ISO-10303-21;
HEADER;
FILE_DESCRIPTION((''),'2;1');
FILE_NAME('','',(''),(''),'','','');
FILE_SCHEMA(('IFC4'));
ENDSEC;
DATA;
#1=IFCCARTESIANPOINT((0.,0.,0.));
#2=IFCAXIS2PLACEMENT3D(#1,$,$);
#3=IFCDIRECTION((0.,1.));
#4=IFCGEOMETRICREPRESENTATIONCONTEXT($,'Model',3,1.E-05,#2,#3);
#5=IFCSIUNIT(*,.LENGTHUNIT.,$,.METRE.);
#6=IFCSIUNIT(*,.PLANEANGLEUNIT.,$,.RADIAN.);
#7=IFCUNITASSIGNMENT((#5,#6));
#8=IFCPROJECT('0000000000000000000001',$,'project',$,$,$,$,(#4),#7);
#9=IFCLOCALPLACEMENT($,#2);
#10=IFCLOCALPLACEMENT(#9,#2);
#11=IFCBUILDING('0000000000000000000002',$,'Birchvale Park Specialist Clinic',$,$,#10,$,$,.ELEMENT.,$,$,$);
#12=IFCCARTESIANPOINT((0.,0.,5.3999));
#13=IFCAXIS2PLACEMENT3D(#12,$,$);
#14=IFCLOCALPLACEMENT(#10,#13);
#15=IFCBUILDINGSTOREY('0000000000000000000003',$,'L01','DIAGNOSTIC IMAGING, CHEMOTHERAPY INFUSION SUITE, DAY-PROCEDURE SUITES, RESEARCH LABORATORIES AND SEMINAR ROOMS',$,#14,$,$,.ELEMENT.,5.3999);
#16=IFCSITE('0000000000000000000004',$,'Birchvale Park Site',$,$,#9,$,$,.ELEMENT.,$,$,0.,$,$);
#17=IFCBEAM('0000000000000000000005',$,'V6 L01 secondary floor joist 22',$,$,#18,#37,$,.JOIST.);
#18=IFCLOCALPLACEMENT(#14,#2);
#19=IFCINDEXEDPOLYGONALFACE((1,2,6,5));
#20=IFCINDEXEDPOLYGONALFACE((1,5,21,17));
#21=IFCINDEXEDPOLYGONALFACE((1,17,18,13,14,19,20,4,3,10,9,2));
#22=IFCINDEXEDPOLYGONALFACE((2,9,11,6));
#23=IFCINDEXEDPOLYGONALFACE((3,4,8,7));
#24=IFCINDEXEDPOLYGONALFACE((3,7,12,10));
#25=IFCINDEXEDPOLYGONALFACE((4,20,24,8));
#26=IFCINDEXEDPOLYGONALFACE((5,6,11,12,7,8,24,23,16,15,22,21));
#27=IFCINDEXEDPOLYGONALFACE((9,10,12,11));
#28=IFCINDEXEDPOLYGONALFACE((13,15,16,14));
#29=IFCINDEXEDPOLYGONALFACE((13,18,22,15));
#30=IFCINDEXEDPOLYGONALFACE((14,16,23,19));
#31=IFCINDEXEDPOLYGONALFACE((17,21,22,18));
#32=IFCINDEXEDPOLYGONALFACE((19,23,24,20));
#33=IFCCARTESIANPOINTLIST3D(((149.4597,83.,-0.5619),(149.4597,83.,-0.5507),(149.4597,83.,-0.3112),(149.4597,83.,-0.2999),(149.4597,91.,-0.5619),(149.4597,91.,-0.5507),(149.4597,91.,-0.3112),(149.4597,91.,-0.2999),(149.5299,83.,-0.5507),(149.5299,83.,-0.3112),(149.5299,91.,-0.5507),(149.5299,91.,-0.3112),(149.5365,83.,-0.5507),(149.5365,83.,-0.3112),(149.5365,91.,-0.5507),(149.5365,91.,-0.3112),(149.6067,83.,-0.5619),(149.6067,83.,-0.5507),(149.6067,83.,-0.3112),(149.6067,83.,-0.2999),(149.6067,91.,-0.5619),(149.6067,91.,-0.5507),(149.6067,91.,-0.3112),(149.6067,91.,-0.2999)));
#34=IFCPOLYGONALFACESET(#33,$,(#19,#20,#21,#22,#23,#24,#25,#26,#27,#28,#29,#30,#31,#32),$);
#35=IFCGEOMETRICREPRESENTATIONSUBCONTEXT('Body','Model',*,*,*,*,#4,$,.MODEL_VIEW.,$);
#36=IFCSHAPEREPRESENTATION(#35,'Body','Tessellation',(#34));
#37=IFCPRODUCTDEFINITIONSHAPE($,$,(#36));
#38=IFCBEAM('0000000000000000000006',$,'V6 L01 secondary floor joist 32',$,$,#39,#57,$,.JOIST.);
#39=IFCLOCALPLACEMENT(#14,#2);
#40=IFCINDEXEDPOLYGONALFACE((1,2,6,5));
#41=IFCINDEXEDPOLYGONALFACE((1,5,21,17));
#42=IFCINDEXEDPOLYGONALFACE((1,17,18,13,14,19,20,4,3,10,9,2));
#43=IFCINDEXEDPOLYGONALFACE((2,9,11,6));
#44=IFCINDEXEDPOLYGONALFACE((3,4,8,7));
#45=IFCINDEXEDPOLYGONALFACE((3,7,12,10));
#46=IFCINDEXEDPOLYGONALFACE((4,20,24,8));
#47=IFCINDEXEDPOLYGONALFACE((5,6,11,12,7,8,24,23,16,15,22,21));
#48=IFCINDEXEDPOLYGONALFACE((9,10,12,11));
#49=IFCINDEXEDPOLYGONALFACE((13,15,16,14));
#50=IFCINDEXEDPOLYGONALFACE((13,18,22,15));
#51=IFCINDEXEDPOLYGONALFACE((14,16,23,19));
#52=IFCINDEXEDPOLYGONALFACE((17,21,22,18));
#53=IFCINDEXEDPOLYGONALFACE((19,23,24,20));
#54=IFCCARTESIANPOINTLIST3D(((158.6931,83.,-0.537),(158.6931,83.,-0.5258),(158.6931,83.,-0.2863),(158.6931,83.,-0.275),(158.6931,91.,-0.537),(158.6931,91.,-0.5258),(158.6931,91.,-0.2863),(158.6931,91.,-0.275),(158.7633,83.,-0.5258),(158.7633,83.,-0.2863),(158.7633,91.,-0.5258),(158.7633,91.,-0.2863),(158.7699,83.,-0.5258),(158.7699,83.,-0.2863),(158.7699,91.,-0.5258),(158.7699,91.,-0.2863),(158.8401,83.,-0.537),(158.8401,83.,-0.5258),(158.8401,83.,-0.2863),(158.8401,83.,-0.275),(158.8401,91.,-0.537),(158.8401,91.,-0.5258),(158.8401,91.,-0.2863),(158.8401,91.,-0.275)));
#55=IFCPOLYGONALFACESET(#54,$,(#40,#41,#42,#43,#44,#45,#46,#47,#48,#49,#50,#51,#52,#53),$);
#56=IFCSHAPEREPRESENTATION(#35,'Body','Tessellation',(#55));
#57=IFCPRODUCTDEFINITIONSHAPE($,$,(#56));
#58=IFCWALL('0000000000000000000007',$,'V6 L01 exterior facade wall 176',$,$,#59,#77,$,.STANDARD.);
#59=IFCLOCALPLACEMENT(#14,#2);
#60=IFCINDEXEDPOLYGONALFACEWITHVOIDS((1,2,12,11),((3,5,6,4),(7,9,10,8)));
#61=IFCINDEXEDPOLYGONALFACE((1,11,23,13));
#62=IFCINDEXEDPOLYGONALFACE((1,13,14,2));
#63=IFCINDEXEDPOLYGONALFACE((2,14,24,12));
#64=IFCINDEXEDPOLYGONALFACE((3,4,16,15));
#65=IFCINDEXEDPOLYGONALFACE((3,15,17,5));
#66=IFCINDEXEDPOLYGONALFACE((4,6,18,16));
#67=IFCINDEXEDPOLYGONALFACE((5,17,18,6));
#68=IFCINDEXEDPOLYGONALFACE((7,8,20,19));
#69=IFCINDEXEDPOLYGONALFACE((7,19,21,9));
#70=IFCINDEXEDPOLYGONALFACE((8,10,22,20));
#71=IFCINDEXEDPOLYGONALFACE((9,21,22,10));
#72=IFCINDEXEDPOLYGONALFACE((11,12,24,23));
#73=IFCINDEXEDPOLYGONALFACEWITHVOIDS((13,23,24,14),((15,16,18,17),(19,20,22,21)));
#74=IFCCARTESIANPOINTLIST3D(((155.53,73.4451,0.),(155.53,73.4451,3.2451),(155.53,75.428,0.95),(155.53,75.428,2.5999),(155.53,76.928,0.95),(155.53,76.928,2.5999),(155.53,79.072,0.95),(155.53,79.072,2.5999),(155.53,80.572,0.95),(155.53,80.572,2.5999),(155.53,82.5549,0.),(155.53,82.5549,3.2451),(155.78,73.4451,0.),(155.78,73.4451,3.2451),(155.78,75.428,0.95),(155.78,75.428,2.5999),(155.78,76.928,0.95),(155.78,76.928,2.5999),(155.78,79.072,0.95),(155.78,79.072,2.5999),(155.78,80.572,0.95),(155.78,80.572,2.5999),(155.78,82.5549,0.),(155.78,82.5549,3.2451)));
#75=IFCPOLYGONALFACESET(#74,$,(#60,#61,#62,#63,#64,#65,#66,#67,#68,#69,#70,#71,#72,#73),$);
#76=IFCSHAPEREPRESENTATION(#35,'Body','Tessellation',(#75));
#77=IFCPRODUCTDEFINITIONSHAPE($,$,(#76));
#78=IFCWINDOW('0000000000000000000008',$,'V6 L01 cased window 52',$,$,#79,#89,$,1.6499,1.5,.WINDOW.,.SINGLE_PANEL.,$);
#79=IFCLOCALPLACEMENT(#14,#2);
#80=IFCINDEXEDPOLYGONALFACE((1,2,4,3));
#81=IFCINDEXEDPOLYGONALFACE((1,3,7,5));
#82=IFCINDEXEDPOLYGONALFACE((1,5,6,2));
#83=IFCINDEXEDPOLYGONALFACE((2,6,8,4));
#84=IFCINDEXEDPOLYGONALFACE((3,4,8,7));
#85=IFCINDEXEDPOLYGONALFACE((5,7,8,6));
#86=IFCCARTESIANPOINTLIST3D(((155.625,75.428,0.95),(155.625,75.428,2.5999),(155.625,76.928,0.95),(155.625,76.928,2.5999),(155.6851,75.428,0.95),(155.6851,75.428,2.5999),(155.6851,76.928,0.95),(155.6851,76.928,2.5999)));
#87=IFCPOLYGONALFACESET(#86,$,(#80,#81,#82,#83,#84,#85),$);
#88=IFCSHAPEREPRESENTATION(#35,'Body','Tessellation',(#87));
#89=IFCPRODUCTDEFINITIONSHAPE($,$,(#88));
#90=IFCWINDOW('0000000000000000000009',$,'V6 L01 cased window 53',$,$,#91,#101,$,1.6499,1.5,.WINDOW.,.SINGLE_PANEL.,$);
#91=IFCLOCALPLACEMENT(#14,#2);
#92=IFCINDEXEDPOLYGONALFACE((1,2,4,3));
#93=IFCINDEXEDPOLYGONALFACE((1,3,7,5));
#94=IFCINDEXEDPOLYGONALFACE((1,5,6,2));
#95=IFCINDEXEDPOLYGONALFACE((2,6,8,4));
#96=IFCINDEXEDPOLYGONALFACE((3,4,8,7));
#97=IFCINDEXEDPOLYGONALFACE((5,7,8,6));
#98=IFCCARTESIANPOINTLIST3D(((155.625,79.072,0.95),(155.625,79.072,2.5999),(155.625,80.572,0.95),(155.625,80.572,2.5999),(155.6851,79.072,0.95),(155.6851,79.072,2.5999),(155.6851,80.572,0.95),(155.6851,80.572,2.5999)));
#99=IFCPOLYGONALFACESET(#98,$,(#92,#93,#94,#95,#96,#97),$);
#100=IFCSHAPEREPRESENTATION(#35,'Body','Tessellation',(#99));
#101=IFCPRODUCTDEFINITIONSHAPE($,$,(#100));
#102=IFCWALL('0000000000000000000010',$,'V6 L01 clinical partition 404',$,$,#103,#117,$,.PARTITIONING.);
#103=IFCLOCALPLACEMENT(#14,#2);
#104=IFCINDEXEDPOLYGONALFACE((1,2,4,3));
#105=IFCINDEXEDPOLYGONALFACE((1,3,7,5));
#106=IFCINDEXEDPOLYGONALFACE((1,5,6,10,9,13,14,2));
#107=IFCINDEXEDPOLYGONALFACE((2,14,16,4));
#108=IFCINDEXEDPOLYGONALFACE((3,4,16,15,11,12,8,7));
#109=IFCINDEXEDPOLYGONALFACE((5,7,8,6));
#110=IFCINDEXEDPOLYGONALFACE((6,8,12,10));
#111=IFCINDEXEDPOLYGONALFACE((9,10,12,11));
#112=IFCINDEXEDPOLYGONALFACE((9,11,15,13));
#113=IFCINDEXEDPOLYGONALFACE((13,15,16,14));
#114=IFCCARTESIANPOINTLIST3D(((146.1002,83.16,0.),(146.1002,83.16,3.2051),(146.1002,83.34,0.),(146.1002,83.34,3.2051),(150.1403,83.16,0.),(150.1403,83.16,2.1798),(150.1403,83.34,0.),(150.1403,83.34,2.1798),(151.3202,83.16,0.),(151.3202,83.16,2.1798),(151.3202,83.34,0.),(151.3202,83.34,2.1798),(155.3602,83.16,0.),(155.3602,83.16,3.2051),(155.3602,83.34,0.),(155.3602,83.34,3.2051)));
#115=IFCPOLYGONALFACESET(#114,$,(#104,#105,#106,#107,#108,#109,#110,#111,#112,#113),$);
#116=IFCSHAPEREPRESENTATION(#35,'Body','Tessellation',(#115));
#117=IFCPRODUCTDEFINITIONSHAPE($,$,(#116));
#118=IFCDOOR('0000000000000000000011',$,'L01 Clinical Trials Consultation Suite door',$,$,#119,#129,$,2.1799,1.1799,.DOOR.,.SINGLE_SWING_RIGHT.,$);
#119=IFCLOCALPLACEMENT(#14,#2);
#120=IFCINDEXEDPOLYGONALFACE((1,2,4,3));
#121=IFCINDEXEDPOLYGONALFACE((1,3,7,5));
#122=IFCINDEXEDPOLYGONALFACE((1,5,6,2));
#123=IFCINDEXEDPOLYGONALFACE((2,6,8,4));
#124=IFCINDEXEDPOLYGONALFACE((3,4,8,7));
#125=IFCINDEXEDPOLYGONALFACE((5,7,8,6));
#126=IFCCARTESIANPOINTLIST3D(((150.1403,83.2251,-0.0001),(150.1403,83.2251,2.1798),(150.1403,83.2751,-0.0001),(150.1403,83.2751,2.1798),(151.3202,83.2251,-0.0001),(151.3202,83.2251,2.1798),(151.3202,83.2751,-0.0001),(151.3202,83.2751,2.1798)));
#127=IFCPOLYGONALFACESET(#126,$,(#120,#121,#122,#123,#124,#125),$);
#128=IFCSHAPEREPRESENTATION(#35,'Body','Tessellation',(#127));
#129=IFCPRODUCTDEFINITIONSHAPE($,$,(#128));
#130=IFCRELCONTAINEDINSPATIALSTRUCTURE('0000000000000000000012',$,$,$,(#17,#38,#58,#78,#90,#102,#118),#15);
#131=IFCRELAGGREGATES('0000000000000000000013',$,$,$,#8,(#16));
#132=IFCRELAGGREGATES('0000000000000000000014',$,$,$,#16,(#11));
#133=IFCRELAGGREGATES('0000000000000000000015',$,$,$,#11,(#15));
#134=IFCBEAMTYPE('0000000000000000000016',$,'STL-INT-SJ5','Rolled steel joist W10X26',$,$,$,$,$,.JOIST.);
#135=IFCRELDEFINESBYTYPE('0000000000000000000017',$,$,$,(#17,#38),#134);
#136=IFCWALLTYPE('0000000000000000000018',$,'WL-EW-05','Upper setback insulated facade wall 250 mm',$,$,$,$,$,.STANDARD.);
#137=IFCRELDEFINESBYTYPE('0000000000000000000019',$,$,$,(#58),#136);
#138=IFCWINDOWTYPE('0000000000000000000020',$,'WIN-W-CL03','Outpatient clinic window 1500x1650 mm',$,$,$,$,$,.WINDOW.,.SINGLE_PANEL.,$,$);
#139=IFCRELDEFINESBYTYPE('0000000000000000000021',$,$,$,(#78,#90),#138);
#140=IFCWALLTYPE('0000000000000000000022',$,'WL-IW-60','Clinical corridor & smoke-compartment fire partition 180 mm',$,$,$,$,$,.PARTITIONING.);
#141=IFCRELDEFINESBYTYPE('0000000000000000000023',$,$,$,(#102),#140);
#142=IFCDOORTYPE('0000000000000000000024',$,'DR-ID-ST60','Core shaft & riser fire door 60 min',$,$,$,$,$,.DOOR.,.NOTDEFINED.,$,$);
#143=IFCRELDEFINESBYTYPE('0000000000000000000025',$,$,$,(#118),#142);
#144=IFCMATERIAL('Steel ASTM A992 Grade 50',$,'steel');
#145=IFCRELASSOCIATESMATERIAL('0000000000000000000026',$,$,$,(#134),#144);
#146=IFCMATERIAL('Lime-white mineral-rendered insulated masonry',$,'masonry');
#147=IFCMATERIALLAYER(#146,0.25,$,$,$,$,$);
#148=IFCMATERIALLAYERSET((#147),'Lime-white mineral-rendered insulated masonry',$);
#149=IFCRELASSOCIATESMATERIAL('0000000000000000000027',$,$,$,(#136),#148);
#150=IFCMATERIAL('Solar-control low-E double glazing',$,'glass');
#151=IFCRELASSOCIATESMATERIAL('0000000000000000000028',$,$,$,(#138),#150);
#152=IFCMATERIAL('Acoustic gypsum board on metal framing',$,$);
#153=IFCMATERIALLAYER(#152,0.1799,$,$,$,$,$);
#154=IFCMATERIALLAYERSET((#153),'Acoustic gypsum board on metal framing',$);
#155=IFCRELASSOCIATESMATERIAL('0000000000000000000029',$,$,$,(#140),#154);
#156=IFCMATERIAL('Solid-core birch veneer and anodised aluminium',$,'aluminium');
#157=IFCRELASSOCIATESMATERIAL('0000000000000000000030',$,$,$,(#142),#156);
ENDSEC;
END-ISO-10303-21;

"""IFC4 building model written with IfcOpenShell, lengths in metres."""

from ifc_helpers import new_model, si_unit, direction, frame, frame_2d, origin, origin_2d, place, context, subcontext, project, spatial, rectangle, i_section, extrude, material, layer, layer_set, material_profile, profile_set, type_object, element, fill, save


model = new_model("IFC4")

# Units and contexts
model_context = context("Model", 3, precision=1e-05, world=origin(), true_north=direction((0.0, 1.0)))
body_context = subcontext(model_context, "Body", "Model", "MODEL_VIEW")
ifc_project = project(units=[si_unit("LENGTHUNIT", "METRE"), si_unit("PLANEANGLEUNIT", "RADIAN")], contexts=[model_context])

# Site, building, storey
site_placement = place(None, origin())
site = spatial("IfcSite", under=ifc_project, at=site_placement, Name="Birchvale Park Site", CompositionType="ELEMENT", RefElevation=0.0)
building_placement = place(site_placement, origin())
building = spatial("IfcBuilding", under=site, at=building_placement, Name="Birchvale Park Specialist Clinic", CompositionType="ELEMENT")
storey_placement = place(building_placement, frame((0.0, 0.0, 5.3999)))
storey = spatial("IfcBuildingStorey", under=building, at=storey_placement, Name="L01", Description="DIAGNOSTIC IMAGING, CHEMOTHERAPY INFUSION SUITE, DAY-PROCEDURE SUITES, RESEARCH LABORATORIES AND SEMINAR ROOMS", CompositionType="ELEMENT", Elevation=5.3999)

# Beams
ifc_material_1 = material(Name="Steel ASTM A992 Grade 50", Category="steel")
ifc_material_profile_1 = material_profile(ifc_material_1, i_section(OverallWidth=0.147, OverallDepth=0.262, WebThickness=0.0066, FlangeThickness=0.0112, at=origin_2d()), Name="W10X26")
ifc_profile_set_1 = profile_set([ifc_material_profile_1], Name="Steel ASTM A992 Grade 50")
beam_type_1 = type_object("IfcBeamType", Name="STL-INT-SJ5", Description="Rolled steel joist W10X26", PredefinedType="JOIST", material=ifc_profile_set_1)
for number, where, z_axis, x_axis, name in (
    (1, (149.5332, 83.0, -0.4309), (0.0, 1.0, 0.0), (-1.0, 0.0, 0.0), "V6 L01 secondary floor joist 22"),
    (2, (158.7666, 83.0, -0.406), (0.0, 1.0, 0.0), (-1.0, 0.0, 0.0), "V6 L01 secondary floor joist 32"),
):
    element("IfcBeam", number, at=place(storey_placement, frame(where, z_axis=z_axis, x_axis=x_axis)), inside=storey, type_object=beam_type_1, Name=name, PredefinedType="JOIST", context=body_context, shape_type="SweptSolid", body=[
        extrude(i_section(OverallWidth=0.147, OverallDepth=0.262, WebThickness=0.0066, FlangeThickness=0.0112, at=origin_2d()), origin(), (0.0, 0.0, 1.0), 8.0),
    ])

# Wall, openings, windows
ifc_material_2 = material(Name="Lime-white mineral-rendered insulated masonry", Category="masonry")
ifc_layer_1 = layer(ifc_material_2, 0.25)
ifc_layer_set_1 = layer_set([ifc_layer_1], Name="Lime-white mineral-rendered insulated masonry")
wall_type_1 = type_object("IfcWallType", Name="WL-EW-05", Description="Upper setback insulated facade wall 250 mm", PredefinedType="STANDARD", material=ifc_layer_set_1)
wall_1_placement = place(storey_placement, frame((155.655, 73.4451, 0.0), z_axis=(0.0, 0.0, 1.0), x_axis=(0.0, 1.0, 0.0)))
wall_1 = element("IfcWall", 3, at=wall_1_placement, inside=storey, type_object=wall_type_1, Name="V6 L01 exterior facade wall 176", PredefinedType="STANDARD", context=body_context, shape_type="SweptSolid", body=[
    extrude(rectangle(XDim=9.1099, YDim=0.25, at=frame_2d((4.5549, 0.0))), origin(), (0.0, 0.0, 1.0), 3.2451),
])
opening_1_placement = place(wall_1_placement, frame((1.9829, 0.0, 0.95)))
opening_1 = element("IfcOpeningElement", 4, at=opening_1_placement, cuts=wall_1, PredefinedType="OPENING", context=body_context, shape_type="SweptSolid", body=[
    extrude(rectangle(XDim=1.5, YDim=1.6499, at=frame_2d((0.75, 0.825))), frame((0.0, 0.135, 0.0), z_axis=(0.0, -1.0, 0.0), x_axis=(1.0, 0.0, 0.0)), (0.0, 0.0, 1.0), 0.27),
])
opening_2_placement = place(wall_1_placement, frame((5.627, 0.0, 0.95)))
opening_2 = element("IfcOpeningElement", 5, at=opening_2_placement, cuts=wall_1, PredefinedType="OPENING", context=body_context, shape_type="SweptSolid", body=[
    extrude(rectangle(XDim=1.5, YDim=1.6499, at=frame_2d((0.75, 0.825))), frame((0.0, 0.135, 0.0), z_axis=(0.0, -1.0, 0.0), x_axis=(1.0, 0.0, 0.0)), (0.0, 0.0, 1.0), 0.27),
])
ifc_material_3 = material(Name="Solar-control low-E double glazing", Category="glass")
window_type = type_object("IfcWindowType", Name="WIN-W-CL03", Description="Outpatient clinic window 1500x1650 mm", PartitioningType="SINGLE_PANEL", PredefinedType="WINDOW", material=ifc_material_3)
window_1_placement = place(opening_1_placement, origin())
window_1 = element("IfcWindow", 6, at=window_1_placement, inside=storey, type_object=window_type, Name="V6 L01 cased window 52", OverallHeight=1.6499, OverallWidth=1.5, PartitioningType="SINGLE_PANEL", PredefinedType="WINDOW", context=body_context, shape_type="SweptSolid", body=[
    extrude(rectangle(XDim=1.5, YDim=1.6499, at=frame_2d((0.75, 0.825))), frame((0.0, 0.03, 0.0), z_axis=(0.0, -1.0, 0.0), x_axis=(1.0, 0.0, 0.0)), (0.0, 0.0, 1.0), 0.0601),
])
fill(opening_1, window_1)
window_2_placement = place(opening_2_placement, origin())
window_2 = element("IfcWindow", 7, at=window_2_placement, inside=storey, type_object=window_type, Name="V6 L01 cased window 53", OverallHeight=1.6499, OverallWidth=1.5, PartitioningType="SINGLE_PANEL", PredefinedType="WINDOW", context=body_context, shape_type="SweptSolid", body=[
    extrude(rectangle(XDim=1.5, YDim=1.6499, at=frame_2d((0.75, 0.825))), frame((0.0, 0.03, 0.0), z_axis=(0.0, -1.0, 0.0), x_axis=(1.0, 0.0, 0.0)), (0.0, 0.0, 1.0), 0.0601),
])
fill(opening_2, window_2)

# Wall, opening, door
ifc_material_4 = material(Name="Acoustic gypsum board on metal framing")
ifc_layer_2 = layer(ifc_material_4, 0.1799)
ifc_layer_set_2 = layer_set([ifc_layer_2], Name="Acoustic gypsum board on metal framing")
wall_type_2 = type_object("IfcWallType", Name="WL-IW-60", Description="Clinical corridor & smoke-compartment fire partition 180 mm", PredefinedType="PARTITIONING", material=ifc_layer_set_2)
wall_2_placement = place(storey_placement, frame((155.3601, 83.25, 0.0), z_axis=(0.0, 0.0, 1.0), x_axis=(-1.0, 0.0, 0.0)))
wall_2 = element("IfcWall", 8, at=wall_2_placement, inside=storey, type_object=wall_type_2, Name="V6 L01 clinical partition 404", PredefinedType="PARTITIONING", context=body_context, shape_type="SweptSolid", body=[
    extrude(rectangle(XDim=9.26, YDim=0.1799, at=frame_2d((4.6299, 0.0))), origin(), (0.0, 0.0, 1.0), 3.2051),
])
opening_3_placement = place(wall_2_placement, frame((4.04, 0.0, 0.0)))
opening_3 = element("IfcOpeningElement", 9, at=opening_3_placement, cuts=wall_2, PredefinedType="OPENING", context=body_context, shape_type="SweptSolid", body=[
    extrude(rectangle(XDim=1.1799, YDim=2.1799, at=frame_2d((0.5898, 1.0898))), frame((0.0, 0.1001, 0.0), z_axis=(0.0, -1.0, 0.0), x_axis=(1.0, 0.0, 0.0)), (0.0, 0.0, 1.0), 0.2),
])
ifc_material_5 = material(Name="Solid-core birch veneer and anodised aluminium", Category="aluminium")
door_type = type_object("IfcDoorType", Name="DR-ID-ST60", Description="Core shaft & riser fire door 60 min", OperationType="NOTDEFINED", PredefinedType="DOOR", material=ifc_material_5)
door_placement = place(opening_3_placement, origin())
door = element("IfcDoor", 10, at=door_placement, inside=storey, type_object=door_type, Name="L01 Clinical Trials Consultation Suite door", OperationType="SINGLE_SWING_RIGHT", OverallHeight=2.1799, OverallWidth=1.1799, PredefinedType="DOOR", context=body_context, shape_type="SweptSolid", body=[
    extrude(rectangle(XDim=1.1799, YDim=2.1799, at=frame_2d((0.5898, 1.0898))), frame((0.0, 0.0249, 0.0), z_axis=(0.0, -1.0, 0.0), x_axis=(1.0, 0.0, 0.0)), (0.0, 0.0, 1.0), 0.05),
])
fill(opening_3, door)

save(model, "model.ifc")
